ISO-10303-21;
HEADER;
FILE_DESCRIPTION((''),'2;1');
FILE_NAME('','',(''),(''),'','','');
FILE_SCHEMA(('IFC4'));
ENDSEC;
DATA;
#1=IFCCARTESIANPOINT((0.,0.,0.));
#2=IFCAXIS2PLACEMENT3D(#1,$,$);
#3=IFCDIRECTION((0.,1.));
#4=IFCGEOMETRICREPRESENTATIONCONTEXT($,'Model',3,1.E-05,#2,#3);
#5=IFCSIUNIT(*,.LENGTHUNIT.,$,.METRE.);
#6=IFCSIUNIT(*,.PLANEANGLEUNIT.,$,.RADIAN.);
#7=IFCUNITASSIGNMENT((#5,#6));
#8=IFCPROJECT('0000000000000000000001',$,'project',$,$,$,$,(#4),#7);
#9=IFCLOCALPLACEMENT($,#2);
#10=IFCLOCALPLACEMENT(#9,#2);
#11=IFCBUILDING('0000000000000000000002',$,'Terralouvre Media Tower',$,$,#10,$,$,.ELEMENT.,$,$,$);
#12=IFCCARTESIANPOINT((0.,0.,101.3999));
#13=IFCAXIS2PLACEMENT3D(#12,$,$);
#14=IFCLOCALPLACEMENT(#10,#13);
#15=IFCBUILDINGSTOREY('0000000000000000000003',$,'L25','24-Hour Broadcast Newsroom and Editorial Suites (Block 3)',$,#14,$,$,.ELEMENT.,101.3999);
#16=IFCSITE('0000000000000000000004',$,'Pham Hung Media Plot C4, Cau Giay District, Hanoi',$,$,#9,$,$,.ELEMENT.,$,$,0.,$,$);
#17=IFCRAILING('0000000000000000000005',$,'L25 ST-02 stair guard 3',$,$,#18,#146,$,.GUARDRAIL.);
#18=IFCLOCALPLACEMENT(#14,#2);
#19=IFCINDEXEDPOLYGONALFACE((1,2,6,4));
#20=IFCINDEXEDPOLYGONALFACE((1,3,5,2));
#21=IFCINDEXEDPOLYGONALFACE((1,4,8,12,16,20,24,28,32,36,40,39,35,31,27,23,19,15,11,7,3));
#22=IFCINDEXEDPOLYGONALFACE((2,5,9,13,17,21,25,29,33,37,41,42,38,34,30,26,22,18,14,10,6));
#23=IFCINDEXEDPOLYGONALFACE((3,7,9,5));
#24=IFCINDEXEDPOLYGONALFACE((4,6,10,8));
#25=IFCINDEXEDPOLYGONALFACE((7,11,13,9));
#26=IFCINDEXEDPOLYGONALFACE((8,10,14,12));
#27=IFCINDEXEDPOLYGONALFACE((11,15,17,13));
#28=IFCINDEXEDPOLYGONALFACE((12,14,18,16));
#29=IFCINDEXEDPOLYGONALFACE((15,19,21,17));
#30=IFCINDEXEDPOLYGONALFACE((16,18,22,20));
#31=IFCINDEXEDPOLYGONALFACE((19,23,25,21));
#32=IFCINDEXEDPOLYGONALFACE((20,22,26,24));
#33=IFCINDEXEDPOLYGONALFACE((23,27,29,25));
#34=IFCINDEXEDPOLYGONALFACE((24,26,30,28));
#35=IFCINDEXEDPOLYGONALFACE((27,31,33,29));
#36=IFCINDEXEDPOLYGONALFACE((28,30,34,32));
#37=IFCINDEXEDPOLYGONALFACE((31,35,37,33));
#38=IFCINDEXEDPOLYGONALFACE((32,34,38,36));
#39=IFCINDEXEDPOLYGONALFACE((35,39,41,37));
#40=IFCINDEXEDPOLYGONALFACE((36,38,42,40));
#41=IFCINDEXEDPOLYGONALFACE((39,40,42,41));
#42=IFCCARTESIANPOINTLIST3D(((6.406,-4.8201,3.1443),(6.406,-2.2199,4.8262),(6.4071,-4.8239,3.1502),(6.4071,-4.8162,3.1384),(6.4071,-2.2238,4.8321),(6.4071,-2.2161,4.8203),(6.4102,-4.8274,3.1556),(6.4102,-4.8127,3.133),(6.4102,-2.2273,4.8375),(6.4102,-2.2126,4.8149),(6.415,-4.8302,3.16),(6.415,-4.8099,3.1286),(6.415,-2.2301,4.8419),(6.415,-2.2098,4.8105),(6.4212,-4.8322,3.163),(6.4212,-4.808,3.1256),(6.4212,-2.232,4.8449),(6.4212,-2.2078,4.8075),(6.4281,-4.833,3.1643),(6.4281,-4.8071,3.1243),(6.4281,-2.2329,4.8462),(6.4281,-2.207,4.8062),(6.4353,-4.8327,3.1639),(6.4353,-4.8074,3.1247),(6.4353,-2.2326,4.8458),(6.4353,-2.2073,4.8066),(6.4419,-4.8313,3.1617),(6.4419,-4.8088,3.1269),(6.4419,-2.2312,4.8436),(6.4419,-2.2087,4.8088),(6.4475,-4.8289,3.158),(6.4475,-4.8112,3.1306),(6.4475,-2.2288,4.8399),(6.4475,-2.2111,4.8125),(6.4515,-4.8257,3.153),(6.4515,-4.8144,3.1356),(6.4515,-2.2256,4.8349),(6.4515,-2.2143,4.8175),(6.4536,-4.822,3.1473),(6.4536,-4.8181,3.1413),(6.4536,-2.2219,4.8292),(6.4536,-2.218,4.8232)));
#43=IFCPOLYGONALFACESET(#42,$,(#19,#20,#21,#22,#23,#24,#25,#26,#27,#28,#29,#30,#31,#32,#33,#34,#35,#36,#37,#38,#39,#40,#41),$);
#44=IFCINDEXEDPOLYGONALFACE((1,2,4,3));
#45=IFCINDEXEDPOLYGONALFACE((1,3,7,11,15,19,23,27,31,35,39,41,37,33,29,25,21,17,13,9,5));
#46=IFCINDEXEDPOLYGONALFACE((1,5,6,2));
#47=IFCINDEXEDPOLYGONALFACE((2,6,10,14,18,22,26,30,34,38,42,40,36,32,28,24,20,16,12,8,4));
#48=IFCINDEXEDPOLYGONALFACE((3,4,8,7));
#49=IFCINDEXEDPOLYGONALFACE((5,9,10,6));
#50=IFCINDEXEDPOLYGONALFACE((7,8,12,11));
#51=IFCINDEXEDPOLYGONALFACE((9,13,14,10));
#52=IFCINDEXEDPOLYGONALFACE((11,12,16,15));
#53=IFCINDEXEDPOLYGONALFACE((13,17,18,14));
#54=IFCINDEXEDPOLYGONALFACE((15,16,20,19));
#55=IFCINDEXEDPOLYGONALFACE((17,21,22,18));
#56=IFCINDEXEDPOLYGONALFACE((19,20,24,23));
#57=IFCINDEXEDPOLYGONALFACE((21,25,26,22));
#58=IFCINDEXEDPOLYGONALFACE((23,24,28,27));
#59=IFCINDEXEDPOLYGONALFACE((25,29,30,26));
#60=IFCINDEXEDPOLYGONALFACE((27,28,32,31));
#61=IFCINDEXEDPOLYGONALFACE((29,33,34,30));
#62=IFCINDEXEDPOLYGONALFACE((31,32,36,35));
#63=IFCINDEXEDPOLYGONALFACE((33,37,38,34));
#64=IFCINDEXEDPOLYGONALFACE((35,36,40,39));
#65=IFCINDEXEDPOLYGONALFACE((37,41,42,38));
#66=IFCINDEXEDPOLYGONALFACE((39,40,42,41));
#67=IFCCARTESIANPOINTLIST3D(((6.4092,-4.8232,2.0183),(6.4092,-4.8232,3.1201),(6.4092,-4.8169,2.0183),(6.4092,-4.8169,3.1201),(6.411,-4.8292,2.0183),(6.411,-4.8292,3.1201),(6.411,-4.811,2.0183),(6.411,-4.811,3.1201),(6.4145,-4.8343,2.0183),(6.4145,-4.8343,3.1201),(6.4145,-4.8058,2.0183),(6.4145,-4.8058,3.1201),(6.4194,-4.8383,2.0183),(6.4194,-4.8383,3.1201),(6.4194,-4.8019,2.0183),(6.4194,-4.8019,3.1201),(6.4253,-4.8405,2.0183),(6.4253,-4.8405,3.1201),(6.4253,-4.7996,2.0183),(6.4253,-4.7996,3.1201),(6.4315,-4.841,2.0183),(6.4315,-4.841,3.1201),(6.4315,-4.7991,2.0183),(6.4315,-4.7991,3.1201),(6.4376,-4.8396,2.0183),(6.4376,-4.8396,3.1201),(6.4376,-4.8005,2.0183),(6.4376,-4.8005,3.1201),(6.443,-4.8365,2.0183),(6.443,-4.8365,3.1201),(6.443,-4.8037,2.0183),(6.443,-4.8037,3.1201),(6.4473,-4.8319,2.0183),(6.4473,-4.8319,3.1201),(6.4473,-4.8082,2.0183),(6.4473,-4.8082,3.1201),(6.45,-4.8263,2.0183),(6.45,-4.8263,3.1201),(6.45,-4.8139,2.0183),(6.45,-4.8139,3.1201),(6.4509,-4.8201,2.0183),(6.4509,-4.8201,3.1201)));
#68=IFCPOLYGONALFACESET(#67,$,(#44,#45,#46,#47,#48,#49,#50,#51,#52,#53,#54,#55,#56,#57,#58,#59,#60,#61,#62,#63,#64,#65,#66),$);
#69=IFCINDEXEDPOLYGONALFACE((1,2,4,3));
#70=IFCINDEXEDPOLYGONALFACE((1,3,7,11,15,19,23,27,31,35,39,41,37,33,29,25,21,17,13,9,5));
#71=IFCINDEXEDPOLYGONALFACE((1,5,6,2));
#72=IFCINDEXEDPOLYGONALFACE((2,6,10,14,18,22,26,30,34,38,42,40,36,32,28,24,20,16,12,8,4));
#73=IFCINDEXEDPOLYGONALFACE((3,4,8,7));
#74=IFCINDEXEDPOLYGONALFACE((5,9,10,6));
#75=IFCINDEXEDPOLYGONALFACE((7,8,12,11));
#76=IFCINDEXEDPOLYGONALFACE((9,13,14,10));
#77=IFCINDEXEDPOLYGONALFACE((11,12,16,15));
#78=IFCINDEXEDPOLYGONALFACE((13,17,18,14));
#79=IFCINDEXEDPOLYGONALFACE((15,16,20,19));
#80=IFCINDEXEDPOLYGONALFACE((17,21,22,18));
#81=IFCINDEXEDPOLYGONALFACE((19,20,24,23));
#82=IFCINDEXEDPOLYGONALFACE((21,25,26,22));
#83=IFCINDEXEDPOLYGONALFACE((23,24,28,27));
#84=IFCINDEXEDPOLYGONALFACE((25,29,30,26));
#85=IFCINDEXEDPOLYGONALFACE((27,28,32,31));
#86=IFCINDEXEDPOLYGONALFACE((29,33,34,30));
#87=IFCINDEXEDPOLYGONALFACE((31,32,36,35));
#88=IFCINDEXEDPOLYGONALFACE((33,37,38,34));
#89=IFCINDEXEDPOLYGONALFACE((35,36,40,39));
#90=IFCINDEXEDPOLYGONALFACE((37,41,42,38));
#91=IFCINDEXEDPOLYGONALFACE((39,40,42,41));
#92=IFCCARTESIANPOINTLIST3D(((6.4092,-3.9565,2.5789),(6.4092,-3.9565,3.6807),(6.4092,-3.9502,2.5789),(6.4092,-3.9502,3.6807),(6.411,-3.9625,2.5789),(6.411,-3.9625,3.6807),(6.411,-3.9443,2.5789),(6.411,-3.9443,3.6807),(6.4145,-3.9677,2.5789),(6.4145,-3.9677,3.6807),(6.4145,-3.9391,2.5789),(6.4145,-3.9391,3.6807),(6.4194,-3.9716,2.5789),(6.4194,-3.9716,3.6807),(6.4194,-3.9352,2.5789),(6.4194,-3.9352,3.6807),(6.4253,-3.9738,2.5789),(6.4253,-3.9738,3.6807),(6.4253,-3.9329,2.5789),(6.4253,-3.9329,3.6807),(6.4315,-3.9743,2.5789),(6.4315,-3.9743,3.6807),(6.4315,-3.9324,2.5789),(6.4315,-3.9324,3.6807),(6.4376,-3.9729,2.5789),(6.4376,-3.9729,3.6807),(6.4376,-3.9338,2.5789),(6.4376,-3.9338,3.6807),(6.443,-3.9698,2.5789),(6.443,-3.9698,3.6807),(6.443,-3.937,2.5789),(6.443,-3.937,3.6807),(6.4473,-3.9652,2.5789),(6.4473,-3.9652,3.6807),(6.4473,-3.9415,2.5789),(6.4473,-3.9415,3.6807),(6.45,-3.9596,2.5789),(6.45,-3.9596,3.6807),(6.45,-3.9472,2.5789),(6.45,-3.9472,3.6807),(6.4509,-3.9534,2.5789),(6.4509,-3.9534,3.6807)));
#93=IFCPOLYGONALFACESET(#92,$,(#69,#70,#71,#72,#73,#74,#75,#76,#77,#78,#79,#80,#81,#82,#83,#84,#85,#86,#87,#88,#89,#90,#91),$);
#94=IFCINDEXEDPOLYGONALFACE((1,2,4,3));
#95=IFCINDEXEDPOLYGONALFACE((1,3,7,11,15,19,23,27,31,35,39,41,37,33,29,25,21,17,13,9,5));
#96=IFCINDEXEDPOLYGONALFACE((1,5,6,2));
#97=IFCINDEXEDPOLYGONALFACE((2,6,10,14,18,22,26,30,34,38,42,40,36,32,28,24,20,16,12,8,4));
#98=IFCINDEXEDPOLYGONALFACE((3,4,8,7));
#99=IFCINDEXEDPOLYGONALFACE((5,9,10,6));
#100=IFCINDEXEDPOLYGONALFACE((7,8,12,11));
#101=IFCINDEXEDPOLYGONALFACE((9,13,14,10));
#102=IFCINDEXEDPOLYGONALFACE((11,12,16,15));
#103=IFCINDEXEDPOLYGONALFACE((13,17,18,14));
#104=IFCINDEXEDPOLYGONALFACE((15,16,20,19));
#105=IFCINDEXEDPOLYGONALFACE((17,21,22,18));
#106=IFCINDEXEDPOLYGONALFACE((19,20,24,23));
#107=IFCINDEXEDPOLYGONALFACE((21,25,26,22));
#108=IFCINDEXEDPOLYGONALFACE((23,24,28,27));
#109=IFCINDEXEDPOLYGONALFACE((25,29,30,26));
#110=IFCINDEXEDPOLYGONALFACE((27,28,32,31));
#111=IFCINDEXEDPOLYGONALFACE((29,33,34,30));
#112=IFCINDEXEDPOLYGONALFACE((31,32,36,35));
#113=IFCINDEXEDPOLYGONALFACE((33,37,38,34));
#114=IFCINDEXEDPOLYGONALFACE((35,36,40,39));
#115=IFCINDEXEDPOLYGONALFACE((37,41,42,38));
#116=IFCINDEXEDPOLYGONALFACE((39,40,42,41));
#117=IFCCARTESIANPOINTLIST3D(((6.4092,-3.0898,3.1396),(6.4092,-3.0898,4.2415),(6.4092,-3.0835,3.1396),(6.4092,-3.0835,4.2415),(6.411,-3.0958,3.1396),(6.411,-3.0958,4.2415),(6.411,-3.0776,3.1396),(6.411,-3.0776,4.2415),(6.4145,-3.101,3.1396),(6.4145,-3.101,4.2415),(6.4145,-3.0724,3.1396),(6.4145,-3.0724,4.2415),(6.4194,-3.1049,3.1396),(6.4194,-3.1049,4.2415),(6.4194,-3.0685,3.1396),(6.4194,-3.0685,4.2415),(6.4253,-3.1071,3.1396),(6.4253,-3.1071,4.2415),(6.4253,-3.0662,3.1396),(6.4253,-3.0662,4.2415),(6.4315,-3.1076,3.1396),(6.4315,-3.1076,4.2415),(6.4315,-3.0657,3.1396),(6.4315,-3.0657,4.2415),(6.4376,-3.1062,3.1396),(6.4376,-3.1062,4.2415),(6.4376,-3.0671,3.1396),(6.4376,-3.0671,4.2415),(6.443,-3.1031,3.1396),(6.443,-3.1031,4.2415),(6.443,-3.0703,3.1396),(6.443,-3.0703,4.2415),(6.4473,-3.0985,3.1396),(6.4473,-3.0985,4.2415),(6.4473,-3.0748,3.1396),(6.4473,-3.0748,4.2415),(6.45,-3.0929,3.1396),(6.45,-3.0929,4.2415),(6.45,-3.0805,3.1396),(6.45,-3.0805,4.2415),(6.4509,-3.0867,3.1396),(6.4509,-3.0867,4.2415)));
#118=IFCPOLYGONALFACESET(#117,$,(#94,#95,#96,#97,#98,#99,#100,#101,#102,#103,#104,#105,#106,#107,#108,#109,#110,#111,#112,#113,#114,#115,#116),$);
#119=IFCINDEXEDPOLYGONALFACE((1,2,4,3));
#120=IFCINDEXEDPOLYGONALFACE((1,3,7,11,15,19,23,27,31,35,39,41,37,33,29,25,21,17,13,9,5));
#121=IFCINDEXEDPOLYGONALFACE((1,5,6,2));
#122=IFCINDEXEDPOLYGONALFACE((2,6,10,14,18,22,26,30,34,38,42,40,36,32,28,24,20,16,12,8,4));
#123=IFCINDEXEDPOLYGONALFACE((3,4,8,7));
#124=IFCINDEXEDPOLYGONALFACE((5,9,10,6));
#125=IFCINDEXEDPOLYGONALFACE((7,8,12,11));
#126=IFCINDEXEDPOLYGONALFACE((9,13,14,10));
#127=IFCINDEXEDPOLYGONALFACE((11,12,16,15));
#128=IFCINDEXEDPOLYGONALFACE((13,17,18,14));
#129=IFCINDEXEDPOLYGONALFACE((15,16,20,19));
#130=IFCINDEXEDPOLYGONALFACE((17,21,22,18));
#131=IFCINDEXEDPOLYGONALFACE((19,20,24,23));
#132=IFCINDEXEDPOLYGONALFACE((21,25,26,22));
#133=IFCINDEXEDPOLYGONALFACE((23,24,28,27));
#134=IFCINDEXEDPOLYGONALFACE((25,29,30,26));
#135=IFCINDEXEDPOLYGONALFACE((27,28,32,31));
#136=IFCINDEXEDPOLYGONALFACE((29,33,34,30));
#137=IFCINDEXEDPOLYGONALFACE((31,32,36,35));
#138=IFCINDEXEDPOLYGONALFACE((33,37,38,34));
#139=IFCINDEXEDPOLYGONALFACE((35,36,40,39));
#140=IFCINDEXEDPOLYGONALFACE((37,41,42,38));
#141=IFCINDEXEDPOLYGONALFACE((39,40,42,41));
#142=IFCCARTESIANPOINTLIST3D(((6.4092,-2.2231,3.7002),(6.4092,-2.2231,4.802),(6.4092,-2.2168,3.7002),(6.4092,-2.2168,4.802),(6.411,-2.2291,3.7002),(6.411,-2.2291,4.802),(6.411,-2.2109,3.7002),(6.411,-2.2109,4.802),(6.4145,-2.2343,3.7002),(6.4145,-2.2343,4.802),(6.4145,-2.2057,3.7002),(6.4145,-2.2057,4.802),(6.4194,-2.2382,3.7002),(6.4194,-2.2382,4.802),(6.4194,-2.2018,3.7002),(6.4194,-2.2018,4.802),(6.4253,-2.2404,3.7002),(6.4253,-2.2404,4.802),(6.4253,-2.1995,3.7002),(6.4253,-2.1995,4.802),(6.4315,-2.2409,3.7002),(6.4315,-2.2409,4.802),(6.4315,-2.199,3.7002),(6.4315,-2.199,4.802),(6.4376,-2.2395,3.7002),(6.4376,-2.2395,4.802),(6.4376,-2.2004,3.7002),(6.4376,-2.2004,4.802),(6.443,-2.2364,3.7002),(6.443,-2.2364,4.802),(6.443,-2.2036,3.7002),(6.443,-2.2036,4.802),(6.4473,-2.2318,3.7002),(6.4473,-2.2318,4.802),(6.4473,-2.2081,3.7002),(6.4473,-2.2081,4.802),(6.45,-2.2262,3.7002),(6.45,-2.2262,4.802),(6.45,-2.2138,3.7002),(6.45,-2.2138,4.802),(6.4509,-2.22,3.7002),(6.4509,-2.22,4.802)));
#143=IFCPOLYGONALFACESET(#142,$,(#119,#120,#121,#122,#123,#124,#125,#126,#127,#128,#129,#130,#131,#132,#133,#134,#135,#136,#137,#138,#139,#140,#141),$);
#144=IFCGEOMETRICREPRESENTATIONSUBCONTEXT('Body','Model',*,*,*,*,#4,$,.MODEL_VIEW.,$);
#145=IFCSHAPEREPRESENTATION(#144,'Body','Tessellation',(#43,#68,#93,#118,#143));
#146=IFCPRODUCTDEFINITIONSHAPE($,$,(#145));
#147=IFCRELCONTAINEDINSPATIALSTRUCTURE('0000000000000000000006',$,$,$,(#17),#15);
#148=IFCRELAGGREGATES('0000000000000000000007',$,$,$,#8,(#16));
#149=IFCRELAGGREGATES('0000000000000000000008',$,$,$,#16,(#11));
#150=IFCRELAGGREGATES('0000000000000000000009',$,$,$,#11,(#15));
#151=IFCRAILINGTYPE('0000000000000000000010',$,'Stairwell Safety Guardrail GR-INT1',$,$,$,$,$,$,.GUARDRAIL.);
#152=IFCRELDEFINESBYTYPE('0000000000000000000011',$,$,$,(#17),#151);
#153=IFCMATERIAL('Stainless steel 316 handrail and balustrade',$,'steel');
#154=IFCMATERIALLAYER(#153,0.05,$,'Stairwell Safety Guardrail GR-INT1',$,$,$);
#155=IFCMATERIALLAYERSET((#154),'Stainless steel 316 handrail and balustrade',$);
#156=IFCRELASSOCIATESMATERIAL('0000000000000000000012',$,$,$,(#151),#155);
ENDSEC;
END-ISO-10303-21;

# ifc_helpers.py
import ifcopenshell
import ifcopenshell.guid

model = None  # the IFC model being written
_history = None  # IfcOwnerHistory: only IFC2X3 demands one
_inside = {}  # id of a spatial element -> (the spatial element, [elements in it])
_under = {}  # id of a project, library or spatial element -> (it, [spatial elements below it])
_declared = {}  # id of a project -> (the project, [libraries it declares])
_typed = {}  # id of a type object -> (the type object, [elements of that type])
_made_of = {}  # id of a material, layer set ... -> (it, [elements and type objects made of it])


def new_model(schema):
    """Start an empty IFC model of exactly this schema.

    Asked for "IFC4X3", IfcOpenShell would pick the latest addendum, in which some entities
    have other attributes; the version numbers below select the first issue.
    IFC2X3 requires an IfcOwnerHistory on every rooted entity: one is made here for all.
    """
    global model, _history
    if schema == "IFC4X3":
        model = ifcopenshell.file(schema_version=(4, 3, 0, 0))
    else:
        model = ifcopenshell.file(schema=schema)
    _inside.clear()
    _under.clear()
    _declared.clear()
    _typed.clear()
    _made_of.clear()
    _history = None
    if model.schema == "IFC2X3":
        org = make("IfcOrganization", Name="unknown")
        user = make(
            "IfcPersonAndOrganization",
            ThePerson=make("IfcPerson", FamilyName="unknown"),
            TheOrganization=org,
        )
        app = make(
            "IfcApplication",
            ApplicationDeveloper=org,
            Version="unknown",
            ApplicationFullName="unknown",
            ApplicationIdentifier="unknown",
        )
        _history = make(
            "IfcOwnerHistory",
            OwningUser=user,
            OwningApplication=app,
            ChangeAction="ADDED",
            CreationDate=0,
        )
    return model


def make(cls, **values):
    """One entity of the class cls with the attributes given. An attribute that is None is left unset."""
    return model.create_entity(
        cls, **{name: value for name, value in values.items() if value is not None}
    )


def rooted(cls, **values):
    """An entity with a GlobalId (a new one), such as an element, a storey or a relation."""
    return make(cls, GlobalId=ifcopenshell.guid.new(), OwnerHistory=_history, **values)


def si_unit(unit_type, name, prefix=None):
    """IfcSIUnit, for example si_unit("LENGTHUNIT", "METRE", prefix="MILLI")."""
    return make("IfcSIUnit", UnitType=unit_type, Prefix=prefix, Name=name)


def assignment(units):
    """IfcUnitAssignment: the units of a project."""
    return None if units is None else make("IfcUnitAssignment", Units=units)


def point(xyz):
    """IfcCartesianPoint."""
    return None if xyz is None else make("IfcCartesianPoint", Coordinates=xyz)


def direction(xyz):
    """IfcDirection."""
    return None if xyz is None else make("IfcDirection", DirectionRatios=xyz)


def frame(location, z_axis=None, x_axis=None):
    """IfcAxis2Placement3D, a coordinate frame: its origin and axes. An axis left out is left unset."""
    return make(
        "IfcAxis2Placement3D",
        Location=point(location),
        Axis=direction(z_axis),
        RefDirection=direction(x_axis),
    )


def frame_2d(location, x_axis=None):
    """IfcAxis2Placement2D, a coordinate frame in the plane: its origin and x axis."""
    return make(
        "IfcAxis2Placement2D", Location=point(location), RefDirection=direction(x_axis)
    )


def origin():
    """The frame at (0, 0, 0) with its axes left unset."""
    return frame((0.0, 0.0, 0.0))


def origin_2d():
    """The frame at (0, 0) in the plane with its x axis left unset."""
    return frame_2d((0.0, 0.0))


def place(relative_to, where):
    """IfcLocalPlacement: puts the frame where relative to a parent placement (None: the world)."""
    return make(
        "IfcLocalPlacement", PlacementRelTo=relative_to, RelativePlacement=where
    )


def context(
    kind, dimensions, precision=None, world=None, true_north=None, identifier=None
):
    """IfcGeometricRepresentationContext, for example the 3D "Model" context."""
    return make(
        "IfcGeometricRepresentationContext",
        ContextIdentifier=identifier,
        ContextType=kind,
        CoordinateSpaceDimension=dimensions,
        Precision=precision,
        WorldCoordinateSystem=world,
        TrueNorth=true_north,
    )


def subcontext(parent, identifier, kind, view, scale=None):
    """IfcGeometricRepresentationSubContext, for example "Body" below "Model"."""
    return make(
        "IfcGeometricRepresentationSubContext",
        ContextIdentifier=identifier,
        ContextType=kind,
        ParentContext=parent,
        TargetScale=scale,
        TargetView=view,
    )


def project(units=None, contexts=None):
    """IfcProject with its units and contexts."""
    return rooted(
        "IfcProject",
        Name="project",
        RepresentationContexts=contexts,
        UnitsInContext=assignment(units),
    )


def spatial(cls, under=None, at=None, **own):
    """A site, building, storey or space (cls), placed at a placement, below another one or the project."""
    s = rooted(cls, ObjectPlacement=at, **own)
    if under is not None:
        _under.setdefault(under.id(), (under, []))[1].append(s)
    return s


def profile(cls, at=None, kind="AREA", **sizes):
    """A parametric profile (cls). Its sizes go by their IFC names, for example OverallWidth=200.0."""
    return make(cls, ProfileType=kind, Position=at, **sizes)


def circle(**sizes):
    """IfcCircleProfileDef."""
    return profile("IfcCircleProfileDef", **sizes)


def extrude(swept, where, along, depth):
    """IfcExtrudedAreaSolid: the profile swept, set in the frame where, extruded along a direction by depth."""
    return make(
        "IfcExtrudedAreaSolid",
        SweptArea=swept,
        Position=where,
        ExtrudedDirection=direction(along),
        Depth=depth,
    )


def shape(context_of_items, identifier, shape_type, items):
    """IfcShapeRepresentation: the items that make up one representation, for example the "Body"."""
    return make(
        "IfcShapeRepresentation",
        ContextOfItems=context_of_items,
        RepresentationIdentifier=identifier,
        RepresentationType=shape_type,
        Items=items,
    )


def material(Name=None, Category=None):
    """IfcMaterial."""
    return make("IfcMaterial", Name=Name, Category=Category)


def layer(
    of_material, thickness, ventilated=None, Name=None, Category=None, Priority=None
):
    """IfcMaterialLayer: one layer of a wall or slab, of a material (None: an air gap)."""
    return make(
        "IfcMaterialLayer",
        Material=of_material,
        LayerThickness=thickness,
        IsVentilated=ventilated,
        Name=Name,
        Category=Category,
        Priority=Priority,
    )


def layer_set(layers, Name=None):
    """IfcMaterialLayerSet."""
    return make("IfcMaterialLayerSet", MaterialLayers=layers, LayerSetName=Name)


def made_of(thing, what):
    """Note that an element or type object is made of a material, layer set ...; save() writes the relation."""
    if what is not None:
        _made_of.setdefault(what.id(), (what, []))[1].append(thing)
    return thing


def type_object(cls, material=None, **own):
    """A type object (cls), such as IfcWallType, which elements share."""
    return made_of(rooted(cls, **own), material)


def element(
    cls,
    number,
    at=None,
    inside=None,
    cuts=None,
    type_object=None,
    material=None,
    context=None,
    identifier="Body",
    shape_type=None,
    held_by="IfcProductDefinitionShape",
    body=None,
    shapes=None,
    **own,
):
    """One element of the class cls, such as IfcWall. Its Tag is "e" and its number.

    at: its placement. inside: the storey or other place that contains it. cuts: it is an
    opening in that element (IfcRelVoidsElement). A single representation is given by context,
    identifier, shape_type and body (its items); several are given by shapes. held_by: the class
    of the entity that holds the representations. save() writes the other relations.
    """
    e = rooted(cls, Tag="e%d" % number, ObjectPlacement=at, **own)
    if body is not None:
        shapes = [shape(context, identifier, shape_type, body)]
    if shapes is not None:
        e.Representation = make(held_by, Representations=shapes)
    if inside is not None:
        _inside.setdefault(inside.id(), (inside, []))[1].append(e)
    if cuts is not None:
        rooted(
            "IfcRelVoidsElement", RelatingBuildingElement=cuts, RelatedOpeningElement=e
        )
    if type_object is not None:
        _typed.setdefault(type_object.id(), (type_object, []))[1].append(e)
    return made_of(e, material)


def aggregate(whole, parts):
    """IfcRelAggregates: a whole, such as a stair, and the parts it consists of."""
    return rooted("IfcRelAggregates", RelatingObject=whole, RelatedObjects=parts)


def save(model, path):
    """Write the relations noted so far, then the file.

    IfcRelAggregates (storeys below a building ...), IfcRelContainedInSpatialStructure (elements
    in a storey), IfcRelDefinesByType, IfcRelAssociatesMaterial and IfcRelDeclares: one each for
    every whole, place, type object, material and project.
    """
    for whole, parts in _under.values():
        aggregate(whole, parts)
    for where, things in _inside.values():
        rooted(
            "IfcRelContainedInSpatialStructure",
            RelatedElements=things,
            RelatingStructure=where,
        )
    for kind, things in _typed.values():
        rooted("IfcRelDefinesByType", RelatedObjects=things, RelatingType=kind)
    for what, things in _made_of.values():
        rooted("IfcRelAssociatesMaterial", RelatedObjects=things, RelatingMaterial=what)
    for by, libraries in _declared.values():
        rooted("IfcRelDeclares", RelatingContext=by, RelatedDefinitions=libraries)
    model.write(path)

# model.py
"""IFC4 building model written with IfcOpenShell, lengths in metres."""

from ifc_helpers import new_model, si_unit, direction, frame, origin, origin_2d, place, context, subcontext, project, spatial, circle, extrude, material, layer, layer_set, type_object, element, save


model = new_model("IFC4")

# Units and contexts
model_context = context("Model", 3, precision=1e-05, world=origin(), true_north=direction((0.0, 1.0)))
body_context = subcontext(model_context, "Body", "Model", "MODEL_VIEW")
ifc_project = project(units=[si_unit("LENGTHUNIT", "METRE"), si_unit("PLANEANGLEUNIT", "RADIAN")], contexts=[model_context])

# Site, building, storey
site_placement = place(None, origin())
site = spatial("IfcSite", under=ifc_project, at=site_placement, Name="Pham Hung Media Plot C4, Cau Giay District, Hanoi", CompositionType="ELEMENT", RefElevation=0.0)
building_placement = place(site_placement, origin())
building = spatial("IfcBuilding", under=site, at=building_placement, Name="Terralouvre Media Tower", CompositionType="ELEMENT")
storey_placement = place(building_placement, frame((0.0, 0.0, 101.3999)))
storey = spatial("IfcBuildingStorey", under=building, at=storey_placement, Name="L25", Description="24-Hour Broadcast Newsroom and Editorial Suites (Block 3)", CompositionType="ELEMENT", Elevation=101.3999)

# Railing
ifc_material_1 = material(Name="Stainless steel 316 handrail and balustrade", Category="steel")
ifc_layer_1 = layer(ifc_material_1, 0.05, Name="Stairwell Safety Guardrail GR-INT1")
ifc_layer_set_1 = layer_set([ifc_layer_1], Name="Stainless steel 316 handrail and balustrade")
railing_type_1 = type_object("IfcRailingType", Name="Stairwell Safety Guardrail GR-INT1", PredefinedType="GUARDRAIL", material=ifc_layer_set_1)
railing_1_placement = place(storey_placement, frame((6.4299, -4.8201, 2.0183)))
element("IfcRailing", 1, at=railing_1_placement, inside=storey, type_object=railing_type_1, Name="L25 ST-02 stair guard 3", PredefinedType="GUARDRAIL", context=body_context, shape_type="SweptSolid", body=[
    extrude(circle(Radius=0.0239, at=origin_2d()), frame((0.0, 0.0, 1.126), z_axis=(0.0, 0.839648, 0.54313), x_axis=(-1.0, 0.0, 0.0)), (0.0, 0.0, 1.0), 3.0967),
    extrude(circle(Radius=0.021, at=origin_2d()), origin(), (0.0, 0.0, 1.0), 1.1018),
    extrude(circle(Radius=0.021, at=origin_2d()), frame((0.0, 0.8667, 0.5605)), (0.0, 0.0, 1.0), 1.1018),
    extrude(circle(Radius=0.021, at=origin_2d()), frame((0.0, 1.7334, 1.1213)), (0.0, 0.0, 1.0), 1.1018),
    extrude(circle(Radius=0.021, at=origin_2d()), frame((0.0, 2.6001, 1.6819)), (0.0, 0.0, 1.0), 1.1018),
])

save(model, "model.ifc")
